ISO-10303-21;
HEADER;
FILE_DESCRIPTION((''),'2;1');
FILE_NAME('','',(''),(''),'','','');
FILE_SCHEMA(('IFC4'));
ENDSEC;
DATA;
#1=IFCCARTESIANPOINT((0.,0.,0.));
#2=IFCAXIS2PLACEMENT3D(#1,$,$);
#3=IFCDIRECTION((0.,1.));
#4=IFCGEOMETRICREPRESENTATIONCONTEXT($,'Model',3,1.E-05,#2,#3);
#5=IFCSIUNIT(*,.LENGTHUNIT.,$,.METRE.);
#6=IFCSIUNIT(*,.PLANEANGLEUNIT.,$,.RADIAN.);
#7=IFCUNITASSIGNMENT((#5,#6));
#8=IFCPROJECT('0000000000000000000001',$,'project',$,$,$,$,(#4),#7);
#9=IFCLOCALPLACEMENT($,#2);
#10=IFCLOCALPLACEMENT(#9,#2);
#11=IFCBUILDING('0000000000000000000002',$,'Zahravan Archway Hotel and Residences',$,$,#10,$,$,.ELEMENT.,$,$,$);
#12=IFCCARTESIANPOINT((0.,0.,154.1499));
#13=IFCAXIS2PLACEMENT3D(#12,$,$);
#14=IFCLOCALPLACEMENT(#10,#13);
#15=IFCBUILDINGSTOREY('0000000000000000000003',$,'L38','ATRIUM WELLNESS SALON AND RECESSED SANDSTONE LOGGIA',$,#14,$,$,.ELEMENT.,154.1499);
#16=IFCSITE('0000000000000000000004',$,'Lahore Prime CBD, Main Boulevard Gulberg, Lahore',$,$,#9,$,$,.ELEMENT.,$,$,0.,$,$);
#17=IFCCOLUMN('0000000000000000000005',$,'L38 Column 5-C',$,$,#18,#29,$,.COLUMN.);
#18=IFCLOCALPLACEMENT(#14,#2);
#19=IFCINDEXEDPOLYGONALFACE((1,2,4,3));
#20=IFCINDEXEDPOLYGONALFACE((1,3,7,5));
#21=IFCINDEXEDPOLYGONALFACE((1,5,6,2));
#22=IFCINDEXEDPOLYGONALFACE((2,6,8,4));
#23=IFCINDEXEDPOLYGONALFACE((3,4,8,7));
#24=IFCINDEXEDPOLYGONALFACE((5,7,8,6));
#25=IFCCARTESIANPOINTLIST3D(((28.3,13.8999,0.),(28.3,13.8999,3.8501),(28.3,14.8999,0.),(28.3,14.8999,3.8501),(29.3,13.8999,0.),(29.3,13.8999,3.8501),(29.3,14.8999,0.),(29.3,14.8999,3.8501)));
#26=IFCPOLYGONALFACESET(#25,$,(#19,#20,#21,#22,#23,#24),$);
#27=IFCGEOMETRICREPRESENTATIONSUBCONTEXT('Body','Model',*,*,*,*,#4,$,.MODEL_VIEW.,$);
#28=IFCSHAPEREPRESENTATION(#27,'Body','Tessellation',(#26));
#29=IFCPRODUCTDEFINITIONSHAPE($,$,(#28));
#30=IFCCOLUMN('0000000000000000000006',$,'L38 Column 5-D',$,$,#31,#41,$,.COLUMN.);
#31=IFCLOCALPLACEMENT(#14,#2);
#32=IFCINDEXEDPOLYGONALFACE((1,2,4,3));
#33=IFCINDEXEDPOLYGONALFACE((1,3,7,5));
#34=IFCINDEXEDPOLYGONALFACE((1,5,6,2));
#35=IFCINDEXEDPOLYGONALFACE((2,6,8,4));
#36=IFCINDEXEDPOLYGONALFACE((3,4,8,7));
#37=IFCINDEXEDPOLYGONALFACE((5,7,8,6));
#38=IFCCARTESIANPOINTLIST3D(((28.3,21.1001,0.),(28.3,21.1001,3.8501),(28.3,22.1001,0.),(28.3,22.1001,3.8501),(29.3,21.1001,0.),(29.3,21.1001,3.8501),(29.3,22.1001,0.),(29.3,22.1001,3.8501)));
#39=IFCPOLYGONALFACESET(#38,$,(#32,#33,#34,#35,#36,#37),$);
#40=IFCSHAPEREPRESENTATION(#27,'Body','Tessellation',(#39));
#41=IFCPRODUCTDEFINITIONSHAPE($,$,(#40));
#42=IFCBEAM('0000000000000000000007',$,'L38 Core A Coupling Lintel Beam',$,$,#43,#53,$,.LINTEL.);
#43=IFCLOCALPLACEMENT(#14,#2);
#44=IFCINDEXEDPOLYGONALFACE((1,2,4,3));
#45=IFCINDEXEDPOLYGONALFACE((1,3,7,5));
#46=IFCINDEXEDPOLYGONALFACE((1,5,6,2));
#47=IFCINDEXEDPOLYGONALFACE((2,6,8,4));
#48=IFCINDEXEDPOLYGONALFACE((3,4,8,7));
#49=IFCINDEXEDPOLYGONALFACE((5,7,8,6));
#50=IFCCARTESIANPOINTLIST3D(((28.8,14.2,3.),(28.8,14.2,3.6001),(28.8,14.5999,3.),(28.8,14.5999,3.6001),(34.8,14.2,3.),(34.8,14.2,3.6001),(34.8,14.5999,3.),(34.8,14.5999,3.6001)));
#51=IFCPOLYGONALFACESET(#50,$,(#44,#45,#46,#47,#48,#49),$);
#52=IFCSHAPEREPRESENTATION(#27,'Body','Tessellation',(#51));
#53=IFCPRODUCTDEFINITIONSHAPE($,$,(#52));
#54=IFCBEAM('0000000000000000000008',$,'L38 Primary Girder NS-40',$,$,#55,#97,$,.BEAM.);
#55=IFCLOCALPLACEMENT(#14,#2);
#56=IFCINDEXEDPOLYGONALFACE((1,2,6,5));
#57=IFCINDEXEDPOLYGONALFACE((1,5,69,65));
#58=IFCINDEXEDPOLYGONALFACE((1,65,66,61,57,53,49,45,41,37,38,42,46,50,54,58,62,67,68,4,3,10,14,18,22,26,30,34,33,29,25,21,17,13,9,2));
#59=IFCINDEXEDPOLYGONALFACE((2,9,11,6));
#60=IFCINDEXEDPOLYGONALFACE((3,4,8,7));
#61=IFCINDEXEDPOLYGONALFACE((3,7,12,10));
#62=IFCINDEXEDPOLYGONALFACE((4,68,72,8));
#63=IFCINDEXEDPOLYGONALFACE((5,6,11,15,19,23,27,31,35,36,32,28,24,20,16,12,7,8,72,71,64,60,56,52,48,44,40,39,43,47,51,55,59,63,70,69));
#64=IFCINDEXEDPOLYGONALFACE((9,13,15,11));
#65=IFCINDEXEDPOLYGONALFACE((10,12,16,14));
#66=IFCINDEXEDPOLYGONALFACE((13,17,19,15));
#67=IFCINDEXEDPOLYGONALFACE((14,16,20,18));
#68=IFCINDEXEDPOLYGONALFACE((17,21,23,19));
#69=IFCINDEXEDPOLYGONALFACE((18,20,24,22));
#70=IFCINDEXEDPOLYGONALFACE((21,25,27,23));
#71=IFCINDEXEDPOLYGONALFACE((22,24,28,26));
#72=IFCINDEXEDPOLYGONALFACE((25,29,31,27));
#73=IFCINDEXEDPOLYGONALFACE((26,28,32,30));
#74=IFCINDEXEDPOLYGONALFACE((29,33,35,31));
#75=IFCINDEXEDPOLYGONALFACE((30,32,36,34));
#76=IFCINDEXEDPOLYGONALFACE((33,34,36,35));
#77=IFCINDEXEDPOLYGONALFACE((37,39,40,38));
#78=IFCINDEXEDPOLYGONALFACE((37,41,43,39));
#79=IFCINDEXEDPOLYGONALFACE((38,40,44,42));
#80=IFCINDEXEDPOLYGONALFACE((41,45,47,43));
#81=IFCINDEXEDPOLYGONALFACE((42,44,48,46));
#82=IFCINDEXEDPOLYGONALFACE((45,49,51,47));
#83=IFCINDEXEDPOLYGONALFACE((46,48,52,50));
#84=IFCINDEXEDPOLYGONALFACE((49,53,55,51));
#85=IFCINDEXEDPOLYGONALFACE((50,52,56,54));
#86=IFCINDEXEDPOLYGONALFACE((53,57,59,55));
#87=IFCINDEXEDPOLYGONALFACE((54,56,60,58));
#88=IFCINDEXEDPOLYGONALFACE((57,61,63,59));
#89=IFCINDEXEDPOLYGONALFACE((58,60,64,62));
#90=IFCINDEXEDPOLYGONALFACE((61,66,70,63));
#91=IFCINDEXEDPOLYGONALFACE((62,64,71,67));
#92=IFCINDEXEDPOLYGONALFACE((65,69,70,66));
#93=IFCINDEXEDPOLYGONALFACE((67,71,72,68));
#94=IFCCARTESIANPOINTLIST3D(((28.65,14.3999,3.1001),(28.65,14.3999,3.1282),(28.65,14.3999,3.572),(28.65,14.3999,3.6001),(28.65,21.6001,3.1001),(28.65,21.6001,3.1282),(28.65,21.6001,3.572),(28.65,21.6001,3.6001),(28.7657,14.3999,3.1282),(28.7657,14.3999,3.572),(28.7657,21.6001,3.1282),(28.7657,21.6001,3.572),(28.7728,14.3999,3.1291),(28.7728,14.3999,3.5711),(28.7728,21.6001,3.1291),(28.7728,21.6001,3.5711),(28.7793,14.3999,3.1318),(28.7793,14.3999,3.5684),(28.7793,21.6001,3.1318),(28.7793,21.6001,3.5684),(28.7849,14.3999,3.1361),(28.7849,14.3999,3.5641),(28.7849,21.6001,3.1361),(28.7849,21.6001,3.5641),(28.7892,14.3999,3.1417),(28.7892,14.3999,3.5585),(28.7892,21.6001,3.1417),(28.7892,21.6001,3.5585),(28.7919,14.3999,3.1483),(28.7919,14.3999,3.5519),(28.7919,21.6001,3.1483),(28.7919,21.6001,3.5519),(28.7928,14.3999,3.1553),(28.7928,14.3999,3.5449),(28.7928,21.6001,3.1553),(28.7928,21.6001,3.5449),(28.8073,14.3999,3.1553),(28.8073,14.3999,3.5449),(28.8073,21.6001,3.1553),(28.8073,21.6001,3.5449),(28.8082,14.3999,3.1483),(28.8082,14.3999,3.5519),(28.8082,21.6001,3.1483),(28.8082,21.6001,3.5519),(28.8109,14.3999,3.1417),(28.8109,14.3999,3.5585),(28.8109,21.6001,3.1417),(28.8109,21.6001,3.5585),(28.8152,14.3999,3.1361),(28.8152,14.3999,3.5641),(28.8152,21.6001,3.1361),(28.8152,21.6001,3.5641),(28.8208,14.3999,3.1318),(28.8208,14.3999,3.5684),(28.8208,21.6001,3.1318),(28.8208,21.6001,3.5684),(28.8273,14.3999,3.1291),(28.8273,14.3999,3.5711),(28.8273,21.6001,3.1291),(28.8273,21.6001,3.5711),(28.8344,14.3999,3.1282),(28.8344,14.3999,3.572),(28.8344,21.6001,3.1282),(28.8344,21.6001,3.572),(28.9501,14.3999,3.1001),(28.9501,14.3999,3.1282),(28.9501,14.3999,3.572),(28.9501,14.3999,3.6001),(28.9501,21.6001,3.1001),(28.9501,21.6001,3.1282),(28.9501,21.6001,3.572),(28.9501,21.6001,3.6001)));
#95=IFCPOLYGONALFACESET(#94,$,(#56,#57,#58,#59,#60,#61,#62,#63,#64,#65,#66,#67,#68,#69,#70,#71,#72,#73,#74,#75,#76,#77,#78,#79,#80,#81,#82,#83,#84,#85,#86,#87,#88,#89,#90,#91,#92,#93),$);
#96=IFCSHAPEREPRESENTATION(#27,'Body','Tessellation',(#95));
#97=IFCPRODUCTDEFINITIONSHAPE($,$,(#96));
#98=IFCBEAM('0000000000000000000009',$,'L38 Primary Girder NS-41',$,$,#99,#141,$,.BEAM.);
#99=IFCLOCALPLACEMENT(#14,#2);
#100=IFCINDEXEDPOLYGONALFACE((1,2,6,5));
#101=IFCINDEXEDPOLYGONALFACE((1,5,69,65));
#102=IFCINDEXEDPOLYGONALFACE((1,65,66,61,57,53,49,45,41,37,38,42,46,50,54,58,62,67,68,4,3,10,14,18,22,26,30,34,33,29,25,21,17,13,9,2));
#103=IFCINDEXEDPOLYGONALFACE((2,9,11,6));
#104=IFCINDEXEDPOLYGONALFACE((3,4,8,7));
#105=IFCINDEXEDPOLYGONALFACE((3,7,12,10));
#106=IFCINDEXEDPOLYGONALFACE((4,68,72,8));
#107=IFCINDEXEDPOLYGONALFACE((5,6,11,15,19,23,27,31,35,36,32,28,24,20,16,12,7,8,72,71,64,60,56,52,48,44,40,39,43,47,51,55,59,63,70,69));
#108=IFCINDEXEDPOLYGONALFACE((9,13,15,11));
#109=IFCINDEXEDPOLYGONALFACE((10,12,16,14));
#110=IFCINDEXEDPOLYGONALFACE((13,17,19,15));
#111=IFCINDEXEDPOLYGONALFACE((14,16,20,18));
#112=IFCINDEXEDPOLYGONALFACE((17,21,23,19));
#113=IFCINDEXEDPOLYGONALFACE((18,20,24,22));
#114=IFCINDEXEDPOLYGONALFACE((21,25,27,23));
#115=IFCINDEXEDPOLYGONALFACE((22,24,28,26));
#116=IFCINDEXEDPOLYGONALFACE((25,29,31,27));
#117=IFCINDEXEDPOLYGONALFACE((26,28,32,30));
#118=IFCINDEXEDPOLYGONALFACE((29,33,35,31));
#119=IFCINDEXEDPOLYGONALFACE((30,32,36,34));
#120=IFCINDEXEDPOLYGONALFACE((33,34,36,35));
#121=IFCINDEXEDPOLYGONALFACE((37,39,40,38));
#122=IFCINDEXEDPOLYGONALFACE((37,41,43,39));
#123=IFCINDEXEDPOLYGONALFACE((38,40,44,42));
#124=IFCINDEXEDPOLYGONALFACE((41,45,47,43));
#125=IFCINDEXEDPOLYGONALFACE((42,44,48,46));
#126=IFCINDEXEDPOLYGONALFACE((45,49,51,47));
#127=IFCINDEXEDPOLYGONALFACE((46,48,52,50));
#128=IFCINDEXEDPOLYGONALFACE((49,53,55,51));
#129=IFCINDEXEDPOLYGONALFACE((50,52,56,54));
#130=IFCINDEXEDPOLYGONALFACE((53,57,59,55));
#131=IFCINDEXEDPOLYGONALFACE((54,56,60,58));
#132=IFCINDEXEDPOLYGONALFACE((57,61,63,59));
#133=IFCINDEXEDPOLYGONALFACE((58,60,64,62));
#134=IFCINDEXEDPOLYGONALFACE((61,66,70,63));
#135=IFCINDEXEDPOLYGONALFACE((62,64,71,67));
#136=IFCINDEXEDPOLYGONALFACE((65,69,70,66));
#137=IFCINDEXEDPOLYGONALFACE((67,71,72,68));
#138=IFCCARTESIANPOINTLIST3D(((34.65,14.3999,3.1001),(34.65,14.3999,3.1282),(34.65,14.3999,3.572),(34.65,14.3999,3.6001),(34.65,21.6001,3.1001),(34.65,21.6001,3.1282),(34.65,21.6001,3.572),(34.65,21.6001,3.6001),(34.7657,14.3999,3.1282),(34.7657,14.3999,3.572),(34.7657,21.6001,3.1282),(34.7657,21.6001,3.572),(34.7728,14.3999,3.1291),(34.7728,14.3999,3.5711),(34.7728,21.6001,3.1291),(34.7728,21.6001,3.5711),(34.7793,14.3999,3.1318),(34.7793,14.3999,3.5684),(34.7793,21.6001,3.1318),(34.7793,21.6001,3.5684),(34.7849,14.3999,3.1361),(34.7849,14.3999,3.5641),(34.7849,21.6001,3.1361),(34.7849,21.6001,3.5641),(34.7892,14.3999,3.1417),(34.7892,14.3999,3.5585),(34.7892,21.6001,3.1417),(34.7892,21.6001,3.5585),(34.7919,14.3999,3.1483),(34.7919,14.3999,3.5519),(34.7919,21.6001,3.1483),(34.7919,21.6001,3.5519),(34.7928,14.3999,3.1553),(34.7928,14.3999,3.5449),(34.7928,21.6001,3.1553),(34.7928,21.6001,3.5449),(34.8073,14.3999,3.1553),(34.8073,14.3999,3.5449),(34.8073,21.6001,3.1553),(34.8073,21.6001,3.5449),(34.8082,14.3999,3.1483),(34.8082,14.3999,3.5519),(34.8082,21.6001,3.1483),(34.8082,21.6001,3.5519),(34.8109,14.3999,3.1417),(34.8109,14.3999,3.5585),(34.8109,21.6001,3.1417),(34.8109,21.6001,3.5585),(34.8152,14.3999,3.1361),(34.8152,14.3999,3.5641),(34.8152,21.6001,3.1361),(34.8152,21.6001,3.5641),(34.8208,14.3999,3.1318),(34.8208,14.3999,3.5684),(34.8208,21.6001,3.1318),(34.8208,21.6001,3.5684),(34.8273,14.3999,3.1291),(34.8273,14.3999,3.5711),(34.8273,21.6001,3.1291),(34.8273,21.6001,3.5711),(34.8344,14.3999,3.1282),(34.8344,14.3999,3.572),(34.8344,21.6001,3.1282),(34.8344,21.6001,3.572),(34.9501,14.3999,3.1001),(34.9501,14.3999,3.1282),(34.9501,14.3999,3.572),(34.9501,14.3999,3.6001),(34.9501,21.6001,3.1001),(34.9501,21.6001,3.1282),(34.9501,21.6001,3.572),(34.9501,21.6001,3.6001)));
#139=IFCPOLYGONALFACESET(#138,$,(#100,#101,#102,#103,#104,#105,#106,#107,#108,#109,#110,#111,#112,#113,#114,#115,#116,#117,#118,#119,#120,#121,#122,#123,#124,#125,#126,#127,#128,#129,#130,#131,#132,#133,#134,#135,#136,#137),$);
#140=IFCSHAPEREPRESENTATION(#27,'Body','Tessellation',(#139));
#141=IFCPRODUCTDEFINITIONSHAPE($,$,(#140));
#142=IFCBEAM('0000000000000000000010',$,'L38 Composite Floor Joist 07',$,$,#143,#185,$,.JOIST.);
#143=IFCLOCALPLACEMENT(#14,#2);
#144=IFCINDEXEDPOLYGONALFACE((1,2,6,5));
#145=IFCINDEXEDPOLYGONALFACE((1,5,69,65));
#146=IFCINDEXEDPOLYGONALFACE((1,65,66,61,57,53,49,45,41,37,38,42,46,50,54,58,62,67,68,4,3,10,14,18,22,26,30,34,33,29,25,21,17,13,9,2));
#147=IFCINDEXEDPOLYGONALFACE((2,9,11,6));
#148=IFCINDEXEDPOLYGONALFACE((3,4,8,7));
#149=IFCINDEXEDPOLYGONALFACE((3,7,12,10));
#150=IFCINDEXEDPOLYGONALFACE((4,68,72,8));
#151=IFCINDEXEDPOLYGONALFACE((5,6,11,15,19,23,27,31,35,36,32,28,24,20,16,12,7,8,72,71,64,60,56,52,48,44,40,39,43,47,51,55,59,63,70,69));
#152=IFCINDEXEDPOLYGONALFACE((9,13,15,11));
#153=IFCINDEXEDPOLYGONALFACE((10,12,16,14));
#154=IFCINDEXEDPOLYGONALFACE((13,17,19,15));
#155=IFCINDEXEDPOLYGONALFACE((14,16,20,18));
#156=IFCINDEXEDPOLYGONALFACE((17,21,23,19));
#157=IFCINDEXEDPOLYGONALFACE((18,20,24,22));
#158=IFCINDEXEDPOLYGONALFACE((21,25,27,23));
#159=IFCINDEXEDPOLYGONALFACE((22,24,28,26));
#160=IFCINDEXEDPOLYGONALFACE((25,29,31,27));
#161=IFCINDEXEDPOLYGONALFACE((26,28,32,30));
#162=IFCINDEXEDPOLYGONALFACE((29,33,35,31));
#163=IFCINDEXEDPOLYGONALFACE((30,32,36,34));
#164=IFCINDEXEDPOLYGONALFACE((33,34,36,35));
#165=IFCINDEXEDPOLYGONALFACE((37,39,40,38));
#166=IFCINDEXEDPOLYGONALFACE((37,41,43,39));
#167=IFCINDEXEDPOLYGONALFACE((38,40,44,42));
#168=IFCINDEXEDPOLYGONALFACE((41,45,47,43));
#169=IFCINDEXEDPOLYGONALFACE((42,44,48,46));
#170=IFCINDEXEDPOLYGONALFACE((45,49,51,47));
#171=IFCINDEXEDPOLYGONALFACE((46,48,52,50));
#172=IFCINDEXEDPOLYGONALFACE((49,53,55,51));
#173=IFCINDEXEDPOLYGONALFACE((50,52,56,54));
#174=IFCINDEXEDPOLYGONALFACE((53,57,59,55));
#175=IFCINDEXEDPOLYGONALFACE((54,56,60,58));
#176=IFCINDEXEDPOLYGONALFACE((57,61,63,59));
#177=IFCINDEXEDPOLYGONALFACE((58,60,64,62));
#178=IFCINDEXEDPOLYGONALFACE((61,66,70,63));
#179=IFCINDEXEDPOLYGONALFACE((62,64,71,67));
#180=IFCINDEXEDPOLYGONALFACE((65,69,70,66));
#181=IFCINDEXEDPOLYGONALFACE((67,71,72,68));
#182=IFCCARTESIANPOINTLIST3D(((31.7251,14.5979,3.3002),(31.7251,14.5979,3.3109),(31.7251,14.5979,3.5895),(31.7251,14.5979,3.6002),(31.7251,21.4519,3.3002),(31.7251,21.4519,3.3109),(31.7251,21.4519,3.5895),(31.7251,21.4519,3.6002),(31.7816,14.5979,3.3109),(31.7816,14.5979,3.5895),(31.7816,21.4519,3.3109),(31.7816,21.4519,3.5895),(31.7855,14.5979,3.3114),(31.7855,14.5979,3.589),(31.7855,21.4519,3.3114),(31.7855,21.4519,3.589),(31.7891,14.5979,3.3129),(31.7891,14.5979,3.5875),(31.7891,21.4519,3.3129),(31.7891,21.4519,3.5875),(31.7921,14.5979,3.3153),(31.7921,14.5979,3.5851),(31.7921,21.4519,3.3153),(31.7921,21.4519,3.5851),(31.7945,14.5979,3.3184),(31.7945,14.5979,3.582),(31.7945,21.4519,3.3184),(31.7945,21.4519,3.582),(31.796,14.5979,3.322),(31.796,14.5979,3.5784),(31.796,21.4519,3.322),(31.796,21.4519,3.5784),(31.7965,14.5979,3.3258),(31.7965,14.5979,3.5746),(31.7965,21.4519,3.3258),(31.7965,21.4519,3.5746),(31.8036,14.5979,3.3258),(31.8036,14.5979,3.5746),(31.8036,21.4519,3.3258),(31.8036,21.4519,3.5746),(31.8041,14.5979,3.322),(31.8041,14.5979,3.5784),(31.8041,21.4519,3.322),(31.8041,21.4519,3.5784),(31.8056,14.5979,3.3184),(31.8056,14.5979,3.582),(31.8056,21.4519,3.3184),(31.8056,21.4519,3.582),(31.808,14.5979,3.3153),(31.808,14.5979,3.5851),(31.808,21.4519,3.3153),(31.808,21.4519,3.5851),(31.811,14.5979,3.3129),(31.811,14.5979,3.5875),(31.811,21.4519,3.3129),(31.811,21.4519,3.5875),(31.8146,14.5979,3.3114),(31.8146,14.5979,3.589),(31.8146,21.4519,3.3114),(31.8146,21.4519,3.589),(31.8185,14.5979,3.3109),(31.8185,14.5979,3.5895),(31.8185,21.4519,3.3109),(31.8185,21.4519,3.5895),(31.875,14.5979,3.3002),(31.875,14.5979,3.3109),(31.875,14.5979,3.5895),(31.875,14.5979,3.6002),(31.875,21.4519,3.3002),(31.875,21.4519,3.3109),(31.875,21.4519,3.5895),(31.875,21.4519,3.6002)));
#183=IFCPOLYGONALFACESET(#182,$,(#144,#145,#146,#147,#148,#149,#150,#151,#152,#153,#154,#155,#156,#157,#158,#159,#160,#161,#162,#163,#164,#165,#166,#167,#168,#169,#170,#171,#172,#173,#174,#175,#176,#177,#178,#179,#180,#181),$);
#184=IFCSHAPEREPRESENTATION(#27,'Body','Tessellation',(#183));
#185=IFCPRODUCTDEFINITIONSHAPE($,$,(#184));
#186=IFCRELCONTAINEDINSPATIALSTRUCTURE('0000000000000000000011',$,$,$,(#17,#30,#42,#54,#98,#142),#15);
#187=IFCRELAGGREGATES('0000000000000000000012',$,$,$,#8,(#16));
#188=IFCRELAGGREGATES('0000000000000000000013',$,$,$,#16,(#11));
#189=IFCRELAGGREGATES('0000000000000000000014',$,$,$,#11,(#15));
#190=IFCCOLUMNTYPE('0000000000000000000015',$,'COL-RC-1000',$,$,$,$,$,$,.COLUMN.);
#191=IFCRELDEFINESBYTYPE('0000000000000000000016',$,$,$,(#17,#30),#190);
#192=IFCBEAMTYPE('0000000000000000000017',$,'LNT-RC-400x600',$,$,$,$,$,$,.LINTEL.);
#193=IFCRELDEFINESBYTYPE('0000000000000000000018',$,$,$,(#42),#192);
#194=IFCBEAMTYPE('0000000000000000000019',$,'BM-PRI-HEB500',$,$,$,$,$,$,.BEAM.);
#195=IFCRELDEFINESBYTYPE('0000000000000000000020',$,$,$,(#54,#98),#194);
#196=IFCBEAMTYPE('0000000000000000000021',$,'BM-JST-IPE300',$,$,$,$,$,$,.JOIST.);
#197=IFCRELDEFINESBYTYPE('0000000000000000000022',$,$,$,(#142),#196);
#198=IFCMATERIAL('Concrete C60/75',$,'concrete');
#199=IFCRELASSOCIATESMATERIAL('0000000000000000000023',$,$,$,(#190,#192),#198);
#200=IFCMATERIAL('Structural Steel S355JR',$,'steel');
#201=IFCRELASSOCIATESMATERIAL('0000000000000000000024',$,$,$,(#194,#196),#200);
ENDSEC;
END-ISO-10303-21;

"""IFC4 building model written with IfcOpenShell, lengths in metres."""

from ifc_helpers import new_model, si_unit, direction, frame, origin, origin_2d, place, context, subcontext, project, spatial, rectangle, i_section, extrude, source, transform, mapped, material, material_profile, profile_set, type_object, type_shapes, element, save


model = new_model("IFC4")

# Units and contexts
model_context = context("Model", 3, precision=1e-05, world=origin(), true_north=direction((0.0, 1.0)))
body_context = subcontext(model_context, "Body", "Model", "MODEL_VIEW")
ifc_project = project(units=[si_unit("LENGTHUNIT", "METRE"), si_unit("PLANEANGLEUNIT", "RADIAN")], contexts=[model_context])

# Site, building, storey
site_placement = place(None, origin())
site = spatial("IfcSite", under=ifc_project, at=site_placement, Name="Lahore Prime CBD, Main Boulevard Gulberg, Lahore", CompositionType="ELEMENT", RefElevation=0.0)
building_placement = place(site_placement, origin())
building = spatial("IfcBuilding", under=site, at=building_placement, Name="Zahravan Archway Hotel and Residences", CompositionType="ELEMENT")
storey_placement = place(building_placement, frame((0.0, 0.0, 154.1499)))
storey = spatial("IfcBuildingStorey", under=building, at=storey_placement, Name="L38", Description="ATRIUM WELLNESS SALON AND RECESSED SANDSTONE LOGGIA", CompositionType="ELEMENT", Elevation=154.1499)

# Columns
ifc_material_1 = material(Name="Concrete C60/75", Category="concrete")
ifc_material_profile_1 = material_profile(ifc_material_1, rectangle(XDim=1.0, YDim=1.0, at=origin_2d()), Name="RC-COL-1000x1000", Category="concrete")
ifc_profile_set_1 = profile_set([ifc_material_profile_1], Name="Concrete C60/75")
column_type = type_object("IfcColumnType", Name="COL-RC-1000", PredefinedType="COLUMN", material=ifc_profile_set_1)
shared_shape_1 = source(origin(), body_context, "Body", "SweptSolid", [
    extrude(rectangle(XDim=1.0, YDim=1.0, at=origin_2d()), origin(), (0.0, 0.0, 1.0), 3.8501),
])
for number, where, z_axis, x_axis, name in (
    (1, (28.8, 14.3999, 0.0), (0.0, 0.0, 1.0), (1.0, 0.0, 0.0), "L38 Column 5-C"),
    (2, (28.8, 21.6001, 0.0), (0.0, 0.0, 1.0), (1.0, 0.0, 0.0), "L38 Column 5-D"),
):
    element("IfcColumn", number, at=place(storey_placement, frame(where, z_axis=z_axis, x_axis=x_axis)), inside=storey, type_object=column_type, Name=name, PredefinedType="COLUMN", context=body_context, shape_type="MappedRepresentation", body=[
        mapped(shared_shape_1, transform((0.0, 0.0, 0.0), scale=1.0)),
    ])

# Beams
ifc_material_profile_2 = material_profile(ifc_material_1, rectangle(XDim=0.3999, YDim=0.6001, at=origin_2d()), Name="RC-LNT-400x600", Category="concrete")
ifc_profile_set_2 = profile_set([ifc_material_profile_2], Name="Concrete C60/75")
beam_type_1 = type_object("IfcBeamType", Name="LNT-RC-400x600", PredefinedType="LINTEL", material=ifc_profile_set_2)
shared_shape_2 = source(origin(), body_context, "Body", "SweptSolid", [
    extrude(rectangle(XDim=0.3999, YDim=0.6001, at=origin_2d()), origin(), (0.0, 0.0, 1.0), 6.0),
])
type_shapes(beam_type_1, [shared_shape_2])
beam_1_placement = place(storey_placement, frame((28.8, 14.3999, 3.3), z_axis=(1.0, 0.0, 0.0), x_axis=(0.0, 1.0, 0.0)))
element("IfcBeam", 3, at=beam_1_placement, inside=storey, type_object=beam_type_1, Name="L38 Core A Coupling Lintel Beam", PredefinedType="LINTEL", context=body_context, shape_type="MappedRepresentation", body=[
    mapped(shared_shape_2, transform((0.0, 0.0, 0.0), scale=1.0)),
])
ifc_material_2 = material(Name="Structural Steel S355JR", Category="steel")
ifc_material_profile_3 = material_profile(ifc_material_2, i_section(OverallWidth=0.3, OverallDepth=0.5, WebThickness=0.0144, FlangeThickness=0.0281, FilletRadius=0.0271, at=origin_2d()), Name="HEB 500", Category="steel")
ifc_profile_set_3 = profile_set([ifc_material_profile_3], Name="Structural Steel S355JR")
beam_type_2 = type_object("IfcBeamType", Name="BM-PRI-HEB500", PredefinedType="BEAM", material=ifc_profile_set_3)
shared_shape_3 = source(origin(), body_context, "Body", "SweptSolid", [
    extrude(i_section(OverallWidth=0.3, OverallDepth=0.5, WebThickness=0.0144, FlangeThickness=0.0281, FilletRadius=0.0271, at=origin_2d()), origin(), (0.0, 0.0, 1.0), 7.2002),
])
type_shapes(beam_type_2, [shared_shape_3])
for number, where, z_axis, x_axis, name in (
    (4, (28.8, 14.3999, 3.3501), (0.0, 1.0, 0.0), (-1.0, 0.0, 0.0), "L38 Primary Girder NS-40"),
    (5, (34.8, 14.3999, 3.3501), (0.0, 1.0, 0.0), (-1.0, 0.0, 0.0), "L38 Primary Girder NS-41"),
):
    element("IfcBeam", number, at=place(storey_placement, frame(where, z_axis=z_axis, x_axis=x_axis)), inside=storey, type_object=beam_type_2, Name=name, PredefinedType="BEAM", context=body_context, shape_type="MappedRepresentation", body=[
        mapped(shared_shape_3, transform((0.0, 0.0, 0.0), scale=1.0)),
    ])
ifc_material_profile_4 = material_profile(ifc_material_2, i_section(OverallWidth=0.1499, OverallDepth=0.3, WebThickness=0.0071, FlangeThickness=0.0107, FilletRadius=0.0149, at=origin_2d()), Name="IPE 300", Category="steel")
ifc_profile_set_4 = profile_set([ifc_material_profile_4], Name="Structural Steel S355JR")
beam_type_3 = type_object("IfcBeamType", Name="BM-JST-IPE300", PredefinedType="JOIST", material=ifc_profile_set_4)
shared_shape_4 = source(origin(), body_context, "Body", "SweptSolid", [
    extrude(i_section(OverallWidth=0.1499, OverallDepth=0.3, WebThickness=0.0071, FlangeThickness=0.0107, FilletRadius=0.0149, at=origin_2d()), origin(), (0.0, 0.0, 1.0), 6.854),
])
beam_2_placement = place(storey_placement, frame((31.8, 14.5979, 3.4502), z_axis=(0.0, 1.0, 0.0), x_axis=(-1.0, 0.0, 0.0)))
element("IfcBeam", 6, at=beam_2_placement, inside=storey, type_object=beam_type_3, Name="L38 Composite Floor Joist 07", PredefinedType="JOIST", context=body_context, shape_type="MappedRepresentation", body=[
    mapped(shared_shape_4, transform((0.0, 0.0, 0.0), scale=1.0)),
])

save(model, "model.ifc")
